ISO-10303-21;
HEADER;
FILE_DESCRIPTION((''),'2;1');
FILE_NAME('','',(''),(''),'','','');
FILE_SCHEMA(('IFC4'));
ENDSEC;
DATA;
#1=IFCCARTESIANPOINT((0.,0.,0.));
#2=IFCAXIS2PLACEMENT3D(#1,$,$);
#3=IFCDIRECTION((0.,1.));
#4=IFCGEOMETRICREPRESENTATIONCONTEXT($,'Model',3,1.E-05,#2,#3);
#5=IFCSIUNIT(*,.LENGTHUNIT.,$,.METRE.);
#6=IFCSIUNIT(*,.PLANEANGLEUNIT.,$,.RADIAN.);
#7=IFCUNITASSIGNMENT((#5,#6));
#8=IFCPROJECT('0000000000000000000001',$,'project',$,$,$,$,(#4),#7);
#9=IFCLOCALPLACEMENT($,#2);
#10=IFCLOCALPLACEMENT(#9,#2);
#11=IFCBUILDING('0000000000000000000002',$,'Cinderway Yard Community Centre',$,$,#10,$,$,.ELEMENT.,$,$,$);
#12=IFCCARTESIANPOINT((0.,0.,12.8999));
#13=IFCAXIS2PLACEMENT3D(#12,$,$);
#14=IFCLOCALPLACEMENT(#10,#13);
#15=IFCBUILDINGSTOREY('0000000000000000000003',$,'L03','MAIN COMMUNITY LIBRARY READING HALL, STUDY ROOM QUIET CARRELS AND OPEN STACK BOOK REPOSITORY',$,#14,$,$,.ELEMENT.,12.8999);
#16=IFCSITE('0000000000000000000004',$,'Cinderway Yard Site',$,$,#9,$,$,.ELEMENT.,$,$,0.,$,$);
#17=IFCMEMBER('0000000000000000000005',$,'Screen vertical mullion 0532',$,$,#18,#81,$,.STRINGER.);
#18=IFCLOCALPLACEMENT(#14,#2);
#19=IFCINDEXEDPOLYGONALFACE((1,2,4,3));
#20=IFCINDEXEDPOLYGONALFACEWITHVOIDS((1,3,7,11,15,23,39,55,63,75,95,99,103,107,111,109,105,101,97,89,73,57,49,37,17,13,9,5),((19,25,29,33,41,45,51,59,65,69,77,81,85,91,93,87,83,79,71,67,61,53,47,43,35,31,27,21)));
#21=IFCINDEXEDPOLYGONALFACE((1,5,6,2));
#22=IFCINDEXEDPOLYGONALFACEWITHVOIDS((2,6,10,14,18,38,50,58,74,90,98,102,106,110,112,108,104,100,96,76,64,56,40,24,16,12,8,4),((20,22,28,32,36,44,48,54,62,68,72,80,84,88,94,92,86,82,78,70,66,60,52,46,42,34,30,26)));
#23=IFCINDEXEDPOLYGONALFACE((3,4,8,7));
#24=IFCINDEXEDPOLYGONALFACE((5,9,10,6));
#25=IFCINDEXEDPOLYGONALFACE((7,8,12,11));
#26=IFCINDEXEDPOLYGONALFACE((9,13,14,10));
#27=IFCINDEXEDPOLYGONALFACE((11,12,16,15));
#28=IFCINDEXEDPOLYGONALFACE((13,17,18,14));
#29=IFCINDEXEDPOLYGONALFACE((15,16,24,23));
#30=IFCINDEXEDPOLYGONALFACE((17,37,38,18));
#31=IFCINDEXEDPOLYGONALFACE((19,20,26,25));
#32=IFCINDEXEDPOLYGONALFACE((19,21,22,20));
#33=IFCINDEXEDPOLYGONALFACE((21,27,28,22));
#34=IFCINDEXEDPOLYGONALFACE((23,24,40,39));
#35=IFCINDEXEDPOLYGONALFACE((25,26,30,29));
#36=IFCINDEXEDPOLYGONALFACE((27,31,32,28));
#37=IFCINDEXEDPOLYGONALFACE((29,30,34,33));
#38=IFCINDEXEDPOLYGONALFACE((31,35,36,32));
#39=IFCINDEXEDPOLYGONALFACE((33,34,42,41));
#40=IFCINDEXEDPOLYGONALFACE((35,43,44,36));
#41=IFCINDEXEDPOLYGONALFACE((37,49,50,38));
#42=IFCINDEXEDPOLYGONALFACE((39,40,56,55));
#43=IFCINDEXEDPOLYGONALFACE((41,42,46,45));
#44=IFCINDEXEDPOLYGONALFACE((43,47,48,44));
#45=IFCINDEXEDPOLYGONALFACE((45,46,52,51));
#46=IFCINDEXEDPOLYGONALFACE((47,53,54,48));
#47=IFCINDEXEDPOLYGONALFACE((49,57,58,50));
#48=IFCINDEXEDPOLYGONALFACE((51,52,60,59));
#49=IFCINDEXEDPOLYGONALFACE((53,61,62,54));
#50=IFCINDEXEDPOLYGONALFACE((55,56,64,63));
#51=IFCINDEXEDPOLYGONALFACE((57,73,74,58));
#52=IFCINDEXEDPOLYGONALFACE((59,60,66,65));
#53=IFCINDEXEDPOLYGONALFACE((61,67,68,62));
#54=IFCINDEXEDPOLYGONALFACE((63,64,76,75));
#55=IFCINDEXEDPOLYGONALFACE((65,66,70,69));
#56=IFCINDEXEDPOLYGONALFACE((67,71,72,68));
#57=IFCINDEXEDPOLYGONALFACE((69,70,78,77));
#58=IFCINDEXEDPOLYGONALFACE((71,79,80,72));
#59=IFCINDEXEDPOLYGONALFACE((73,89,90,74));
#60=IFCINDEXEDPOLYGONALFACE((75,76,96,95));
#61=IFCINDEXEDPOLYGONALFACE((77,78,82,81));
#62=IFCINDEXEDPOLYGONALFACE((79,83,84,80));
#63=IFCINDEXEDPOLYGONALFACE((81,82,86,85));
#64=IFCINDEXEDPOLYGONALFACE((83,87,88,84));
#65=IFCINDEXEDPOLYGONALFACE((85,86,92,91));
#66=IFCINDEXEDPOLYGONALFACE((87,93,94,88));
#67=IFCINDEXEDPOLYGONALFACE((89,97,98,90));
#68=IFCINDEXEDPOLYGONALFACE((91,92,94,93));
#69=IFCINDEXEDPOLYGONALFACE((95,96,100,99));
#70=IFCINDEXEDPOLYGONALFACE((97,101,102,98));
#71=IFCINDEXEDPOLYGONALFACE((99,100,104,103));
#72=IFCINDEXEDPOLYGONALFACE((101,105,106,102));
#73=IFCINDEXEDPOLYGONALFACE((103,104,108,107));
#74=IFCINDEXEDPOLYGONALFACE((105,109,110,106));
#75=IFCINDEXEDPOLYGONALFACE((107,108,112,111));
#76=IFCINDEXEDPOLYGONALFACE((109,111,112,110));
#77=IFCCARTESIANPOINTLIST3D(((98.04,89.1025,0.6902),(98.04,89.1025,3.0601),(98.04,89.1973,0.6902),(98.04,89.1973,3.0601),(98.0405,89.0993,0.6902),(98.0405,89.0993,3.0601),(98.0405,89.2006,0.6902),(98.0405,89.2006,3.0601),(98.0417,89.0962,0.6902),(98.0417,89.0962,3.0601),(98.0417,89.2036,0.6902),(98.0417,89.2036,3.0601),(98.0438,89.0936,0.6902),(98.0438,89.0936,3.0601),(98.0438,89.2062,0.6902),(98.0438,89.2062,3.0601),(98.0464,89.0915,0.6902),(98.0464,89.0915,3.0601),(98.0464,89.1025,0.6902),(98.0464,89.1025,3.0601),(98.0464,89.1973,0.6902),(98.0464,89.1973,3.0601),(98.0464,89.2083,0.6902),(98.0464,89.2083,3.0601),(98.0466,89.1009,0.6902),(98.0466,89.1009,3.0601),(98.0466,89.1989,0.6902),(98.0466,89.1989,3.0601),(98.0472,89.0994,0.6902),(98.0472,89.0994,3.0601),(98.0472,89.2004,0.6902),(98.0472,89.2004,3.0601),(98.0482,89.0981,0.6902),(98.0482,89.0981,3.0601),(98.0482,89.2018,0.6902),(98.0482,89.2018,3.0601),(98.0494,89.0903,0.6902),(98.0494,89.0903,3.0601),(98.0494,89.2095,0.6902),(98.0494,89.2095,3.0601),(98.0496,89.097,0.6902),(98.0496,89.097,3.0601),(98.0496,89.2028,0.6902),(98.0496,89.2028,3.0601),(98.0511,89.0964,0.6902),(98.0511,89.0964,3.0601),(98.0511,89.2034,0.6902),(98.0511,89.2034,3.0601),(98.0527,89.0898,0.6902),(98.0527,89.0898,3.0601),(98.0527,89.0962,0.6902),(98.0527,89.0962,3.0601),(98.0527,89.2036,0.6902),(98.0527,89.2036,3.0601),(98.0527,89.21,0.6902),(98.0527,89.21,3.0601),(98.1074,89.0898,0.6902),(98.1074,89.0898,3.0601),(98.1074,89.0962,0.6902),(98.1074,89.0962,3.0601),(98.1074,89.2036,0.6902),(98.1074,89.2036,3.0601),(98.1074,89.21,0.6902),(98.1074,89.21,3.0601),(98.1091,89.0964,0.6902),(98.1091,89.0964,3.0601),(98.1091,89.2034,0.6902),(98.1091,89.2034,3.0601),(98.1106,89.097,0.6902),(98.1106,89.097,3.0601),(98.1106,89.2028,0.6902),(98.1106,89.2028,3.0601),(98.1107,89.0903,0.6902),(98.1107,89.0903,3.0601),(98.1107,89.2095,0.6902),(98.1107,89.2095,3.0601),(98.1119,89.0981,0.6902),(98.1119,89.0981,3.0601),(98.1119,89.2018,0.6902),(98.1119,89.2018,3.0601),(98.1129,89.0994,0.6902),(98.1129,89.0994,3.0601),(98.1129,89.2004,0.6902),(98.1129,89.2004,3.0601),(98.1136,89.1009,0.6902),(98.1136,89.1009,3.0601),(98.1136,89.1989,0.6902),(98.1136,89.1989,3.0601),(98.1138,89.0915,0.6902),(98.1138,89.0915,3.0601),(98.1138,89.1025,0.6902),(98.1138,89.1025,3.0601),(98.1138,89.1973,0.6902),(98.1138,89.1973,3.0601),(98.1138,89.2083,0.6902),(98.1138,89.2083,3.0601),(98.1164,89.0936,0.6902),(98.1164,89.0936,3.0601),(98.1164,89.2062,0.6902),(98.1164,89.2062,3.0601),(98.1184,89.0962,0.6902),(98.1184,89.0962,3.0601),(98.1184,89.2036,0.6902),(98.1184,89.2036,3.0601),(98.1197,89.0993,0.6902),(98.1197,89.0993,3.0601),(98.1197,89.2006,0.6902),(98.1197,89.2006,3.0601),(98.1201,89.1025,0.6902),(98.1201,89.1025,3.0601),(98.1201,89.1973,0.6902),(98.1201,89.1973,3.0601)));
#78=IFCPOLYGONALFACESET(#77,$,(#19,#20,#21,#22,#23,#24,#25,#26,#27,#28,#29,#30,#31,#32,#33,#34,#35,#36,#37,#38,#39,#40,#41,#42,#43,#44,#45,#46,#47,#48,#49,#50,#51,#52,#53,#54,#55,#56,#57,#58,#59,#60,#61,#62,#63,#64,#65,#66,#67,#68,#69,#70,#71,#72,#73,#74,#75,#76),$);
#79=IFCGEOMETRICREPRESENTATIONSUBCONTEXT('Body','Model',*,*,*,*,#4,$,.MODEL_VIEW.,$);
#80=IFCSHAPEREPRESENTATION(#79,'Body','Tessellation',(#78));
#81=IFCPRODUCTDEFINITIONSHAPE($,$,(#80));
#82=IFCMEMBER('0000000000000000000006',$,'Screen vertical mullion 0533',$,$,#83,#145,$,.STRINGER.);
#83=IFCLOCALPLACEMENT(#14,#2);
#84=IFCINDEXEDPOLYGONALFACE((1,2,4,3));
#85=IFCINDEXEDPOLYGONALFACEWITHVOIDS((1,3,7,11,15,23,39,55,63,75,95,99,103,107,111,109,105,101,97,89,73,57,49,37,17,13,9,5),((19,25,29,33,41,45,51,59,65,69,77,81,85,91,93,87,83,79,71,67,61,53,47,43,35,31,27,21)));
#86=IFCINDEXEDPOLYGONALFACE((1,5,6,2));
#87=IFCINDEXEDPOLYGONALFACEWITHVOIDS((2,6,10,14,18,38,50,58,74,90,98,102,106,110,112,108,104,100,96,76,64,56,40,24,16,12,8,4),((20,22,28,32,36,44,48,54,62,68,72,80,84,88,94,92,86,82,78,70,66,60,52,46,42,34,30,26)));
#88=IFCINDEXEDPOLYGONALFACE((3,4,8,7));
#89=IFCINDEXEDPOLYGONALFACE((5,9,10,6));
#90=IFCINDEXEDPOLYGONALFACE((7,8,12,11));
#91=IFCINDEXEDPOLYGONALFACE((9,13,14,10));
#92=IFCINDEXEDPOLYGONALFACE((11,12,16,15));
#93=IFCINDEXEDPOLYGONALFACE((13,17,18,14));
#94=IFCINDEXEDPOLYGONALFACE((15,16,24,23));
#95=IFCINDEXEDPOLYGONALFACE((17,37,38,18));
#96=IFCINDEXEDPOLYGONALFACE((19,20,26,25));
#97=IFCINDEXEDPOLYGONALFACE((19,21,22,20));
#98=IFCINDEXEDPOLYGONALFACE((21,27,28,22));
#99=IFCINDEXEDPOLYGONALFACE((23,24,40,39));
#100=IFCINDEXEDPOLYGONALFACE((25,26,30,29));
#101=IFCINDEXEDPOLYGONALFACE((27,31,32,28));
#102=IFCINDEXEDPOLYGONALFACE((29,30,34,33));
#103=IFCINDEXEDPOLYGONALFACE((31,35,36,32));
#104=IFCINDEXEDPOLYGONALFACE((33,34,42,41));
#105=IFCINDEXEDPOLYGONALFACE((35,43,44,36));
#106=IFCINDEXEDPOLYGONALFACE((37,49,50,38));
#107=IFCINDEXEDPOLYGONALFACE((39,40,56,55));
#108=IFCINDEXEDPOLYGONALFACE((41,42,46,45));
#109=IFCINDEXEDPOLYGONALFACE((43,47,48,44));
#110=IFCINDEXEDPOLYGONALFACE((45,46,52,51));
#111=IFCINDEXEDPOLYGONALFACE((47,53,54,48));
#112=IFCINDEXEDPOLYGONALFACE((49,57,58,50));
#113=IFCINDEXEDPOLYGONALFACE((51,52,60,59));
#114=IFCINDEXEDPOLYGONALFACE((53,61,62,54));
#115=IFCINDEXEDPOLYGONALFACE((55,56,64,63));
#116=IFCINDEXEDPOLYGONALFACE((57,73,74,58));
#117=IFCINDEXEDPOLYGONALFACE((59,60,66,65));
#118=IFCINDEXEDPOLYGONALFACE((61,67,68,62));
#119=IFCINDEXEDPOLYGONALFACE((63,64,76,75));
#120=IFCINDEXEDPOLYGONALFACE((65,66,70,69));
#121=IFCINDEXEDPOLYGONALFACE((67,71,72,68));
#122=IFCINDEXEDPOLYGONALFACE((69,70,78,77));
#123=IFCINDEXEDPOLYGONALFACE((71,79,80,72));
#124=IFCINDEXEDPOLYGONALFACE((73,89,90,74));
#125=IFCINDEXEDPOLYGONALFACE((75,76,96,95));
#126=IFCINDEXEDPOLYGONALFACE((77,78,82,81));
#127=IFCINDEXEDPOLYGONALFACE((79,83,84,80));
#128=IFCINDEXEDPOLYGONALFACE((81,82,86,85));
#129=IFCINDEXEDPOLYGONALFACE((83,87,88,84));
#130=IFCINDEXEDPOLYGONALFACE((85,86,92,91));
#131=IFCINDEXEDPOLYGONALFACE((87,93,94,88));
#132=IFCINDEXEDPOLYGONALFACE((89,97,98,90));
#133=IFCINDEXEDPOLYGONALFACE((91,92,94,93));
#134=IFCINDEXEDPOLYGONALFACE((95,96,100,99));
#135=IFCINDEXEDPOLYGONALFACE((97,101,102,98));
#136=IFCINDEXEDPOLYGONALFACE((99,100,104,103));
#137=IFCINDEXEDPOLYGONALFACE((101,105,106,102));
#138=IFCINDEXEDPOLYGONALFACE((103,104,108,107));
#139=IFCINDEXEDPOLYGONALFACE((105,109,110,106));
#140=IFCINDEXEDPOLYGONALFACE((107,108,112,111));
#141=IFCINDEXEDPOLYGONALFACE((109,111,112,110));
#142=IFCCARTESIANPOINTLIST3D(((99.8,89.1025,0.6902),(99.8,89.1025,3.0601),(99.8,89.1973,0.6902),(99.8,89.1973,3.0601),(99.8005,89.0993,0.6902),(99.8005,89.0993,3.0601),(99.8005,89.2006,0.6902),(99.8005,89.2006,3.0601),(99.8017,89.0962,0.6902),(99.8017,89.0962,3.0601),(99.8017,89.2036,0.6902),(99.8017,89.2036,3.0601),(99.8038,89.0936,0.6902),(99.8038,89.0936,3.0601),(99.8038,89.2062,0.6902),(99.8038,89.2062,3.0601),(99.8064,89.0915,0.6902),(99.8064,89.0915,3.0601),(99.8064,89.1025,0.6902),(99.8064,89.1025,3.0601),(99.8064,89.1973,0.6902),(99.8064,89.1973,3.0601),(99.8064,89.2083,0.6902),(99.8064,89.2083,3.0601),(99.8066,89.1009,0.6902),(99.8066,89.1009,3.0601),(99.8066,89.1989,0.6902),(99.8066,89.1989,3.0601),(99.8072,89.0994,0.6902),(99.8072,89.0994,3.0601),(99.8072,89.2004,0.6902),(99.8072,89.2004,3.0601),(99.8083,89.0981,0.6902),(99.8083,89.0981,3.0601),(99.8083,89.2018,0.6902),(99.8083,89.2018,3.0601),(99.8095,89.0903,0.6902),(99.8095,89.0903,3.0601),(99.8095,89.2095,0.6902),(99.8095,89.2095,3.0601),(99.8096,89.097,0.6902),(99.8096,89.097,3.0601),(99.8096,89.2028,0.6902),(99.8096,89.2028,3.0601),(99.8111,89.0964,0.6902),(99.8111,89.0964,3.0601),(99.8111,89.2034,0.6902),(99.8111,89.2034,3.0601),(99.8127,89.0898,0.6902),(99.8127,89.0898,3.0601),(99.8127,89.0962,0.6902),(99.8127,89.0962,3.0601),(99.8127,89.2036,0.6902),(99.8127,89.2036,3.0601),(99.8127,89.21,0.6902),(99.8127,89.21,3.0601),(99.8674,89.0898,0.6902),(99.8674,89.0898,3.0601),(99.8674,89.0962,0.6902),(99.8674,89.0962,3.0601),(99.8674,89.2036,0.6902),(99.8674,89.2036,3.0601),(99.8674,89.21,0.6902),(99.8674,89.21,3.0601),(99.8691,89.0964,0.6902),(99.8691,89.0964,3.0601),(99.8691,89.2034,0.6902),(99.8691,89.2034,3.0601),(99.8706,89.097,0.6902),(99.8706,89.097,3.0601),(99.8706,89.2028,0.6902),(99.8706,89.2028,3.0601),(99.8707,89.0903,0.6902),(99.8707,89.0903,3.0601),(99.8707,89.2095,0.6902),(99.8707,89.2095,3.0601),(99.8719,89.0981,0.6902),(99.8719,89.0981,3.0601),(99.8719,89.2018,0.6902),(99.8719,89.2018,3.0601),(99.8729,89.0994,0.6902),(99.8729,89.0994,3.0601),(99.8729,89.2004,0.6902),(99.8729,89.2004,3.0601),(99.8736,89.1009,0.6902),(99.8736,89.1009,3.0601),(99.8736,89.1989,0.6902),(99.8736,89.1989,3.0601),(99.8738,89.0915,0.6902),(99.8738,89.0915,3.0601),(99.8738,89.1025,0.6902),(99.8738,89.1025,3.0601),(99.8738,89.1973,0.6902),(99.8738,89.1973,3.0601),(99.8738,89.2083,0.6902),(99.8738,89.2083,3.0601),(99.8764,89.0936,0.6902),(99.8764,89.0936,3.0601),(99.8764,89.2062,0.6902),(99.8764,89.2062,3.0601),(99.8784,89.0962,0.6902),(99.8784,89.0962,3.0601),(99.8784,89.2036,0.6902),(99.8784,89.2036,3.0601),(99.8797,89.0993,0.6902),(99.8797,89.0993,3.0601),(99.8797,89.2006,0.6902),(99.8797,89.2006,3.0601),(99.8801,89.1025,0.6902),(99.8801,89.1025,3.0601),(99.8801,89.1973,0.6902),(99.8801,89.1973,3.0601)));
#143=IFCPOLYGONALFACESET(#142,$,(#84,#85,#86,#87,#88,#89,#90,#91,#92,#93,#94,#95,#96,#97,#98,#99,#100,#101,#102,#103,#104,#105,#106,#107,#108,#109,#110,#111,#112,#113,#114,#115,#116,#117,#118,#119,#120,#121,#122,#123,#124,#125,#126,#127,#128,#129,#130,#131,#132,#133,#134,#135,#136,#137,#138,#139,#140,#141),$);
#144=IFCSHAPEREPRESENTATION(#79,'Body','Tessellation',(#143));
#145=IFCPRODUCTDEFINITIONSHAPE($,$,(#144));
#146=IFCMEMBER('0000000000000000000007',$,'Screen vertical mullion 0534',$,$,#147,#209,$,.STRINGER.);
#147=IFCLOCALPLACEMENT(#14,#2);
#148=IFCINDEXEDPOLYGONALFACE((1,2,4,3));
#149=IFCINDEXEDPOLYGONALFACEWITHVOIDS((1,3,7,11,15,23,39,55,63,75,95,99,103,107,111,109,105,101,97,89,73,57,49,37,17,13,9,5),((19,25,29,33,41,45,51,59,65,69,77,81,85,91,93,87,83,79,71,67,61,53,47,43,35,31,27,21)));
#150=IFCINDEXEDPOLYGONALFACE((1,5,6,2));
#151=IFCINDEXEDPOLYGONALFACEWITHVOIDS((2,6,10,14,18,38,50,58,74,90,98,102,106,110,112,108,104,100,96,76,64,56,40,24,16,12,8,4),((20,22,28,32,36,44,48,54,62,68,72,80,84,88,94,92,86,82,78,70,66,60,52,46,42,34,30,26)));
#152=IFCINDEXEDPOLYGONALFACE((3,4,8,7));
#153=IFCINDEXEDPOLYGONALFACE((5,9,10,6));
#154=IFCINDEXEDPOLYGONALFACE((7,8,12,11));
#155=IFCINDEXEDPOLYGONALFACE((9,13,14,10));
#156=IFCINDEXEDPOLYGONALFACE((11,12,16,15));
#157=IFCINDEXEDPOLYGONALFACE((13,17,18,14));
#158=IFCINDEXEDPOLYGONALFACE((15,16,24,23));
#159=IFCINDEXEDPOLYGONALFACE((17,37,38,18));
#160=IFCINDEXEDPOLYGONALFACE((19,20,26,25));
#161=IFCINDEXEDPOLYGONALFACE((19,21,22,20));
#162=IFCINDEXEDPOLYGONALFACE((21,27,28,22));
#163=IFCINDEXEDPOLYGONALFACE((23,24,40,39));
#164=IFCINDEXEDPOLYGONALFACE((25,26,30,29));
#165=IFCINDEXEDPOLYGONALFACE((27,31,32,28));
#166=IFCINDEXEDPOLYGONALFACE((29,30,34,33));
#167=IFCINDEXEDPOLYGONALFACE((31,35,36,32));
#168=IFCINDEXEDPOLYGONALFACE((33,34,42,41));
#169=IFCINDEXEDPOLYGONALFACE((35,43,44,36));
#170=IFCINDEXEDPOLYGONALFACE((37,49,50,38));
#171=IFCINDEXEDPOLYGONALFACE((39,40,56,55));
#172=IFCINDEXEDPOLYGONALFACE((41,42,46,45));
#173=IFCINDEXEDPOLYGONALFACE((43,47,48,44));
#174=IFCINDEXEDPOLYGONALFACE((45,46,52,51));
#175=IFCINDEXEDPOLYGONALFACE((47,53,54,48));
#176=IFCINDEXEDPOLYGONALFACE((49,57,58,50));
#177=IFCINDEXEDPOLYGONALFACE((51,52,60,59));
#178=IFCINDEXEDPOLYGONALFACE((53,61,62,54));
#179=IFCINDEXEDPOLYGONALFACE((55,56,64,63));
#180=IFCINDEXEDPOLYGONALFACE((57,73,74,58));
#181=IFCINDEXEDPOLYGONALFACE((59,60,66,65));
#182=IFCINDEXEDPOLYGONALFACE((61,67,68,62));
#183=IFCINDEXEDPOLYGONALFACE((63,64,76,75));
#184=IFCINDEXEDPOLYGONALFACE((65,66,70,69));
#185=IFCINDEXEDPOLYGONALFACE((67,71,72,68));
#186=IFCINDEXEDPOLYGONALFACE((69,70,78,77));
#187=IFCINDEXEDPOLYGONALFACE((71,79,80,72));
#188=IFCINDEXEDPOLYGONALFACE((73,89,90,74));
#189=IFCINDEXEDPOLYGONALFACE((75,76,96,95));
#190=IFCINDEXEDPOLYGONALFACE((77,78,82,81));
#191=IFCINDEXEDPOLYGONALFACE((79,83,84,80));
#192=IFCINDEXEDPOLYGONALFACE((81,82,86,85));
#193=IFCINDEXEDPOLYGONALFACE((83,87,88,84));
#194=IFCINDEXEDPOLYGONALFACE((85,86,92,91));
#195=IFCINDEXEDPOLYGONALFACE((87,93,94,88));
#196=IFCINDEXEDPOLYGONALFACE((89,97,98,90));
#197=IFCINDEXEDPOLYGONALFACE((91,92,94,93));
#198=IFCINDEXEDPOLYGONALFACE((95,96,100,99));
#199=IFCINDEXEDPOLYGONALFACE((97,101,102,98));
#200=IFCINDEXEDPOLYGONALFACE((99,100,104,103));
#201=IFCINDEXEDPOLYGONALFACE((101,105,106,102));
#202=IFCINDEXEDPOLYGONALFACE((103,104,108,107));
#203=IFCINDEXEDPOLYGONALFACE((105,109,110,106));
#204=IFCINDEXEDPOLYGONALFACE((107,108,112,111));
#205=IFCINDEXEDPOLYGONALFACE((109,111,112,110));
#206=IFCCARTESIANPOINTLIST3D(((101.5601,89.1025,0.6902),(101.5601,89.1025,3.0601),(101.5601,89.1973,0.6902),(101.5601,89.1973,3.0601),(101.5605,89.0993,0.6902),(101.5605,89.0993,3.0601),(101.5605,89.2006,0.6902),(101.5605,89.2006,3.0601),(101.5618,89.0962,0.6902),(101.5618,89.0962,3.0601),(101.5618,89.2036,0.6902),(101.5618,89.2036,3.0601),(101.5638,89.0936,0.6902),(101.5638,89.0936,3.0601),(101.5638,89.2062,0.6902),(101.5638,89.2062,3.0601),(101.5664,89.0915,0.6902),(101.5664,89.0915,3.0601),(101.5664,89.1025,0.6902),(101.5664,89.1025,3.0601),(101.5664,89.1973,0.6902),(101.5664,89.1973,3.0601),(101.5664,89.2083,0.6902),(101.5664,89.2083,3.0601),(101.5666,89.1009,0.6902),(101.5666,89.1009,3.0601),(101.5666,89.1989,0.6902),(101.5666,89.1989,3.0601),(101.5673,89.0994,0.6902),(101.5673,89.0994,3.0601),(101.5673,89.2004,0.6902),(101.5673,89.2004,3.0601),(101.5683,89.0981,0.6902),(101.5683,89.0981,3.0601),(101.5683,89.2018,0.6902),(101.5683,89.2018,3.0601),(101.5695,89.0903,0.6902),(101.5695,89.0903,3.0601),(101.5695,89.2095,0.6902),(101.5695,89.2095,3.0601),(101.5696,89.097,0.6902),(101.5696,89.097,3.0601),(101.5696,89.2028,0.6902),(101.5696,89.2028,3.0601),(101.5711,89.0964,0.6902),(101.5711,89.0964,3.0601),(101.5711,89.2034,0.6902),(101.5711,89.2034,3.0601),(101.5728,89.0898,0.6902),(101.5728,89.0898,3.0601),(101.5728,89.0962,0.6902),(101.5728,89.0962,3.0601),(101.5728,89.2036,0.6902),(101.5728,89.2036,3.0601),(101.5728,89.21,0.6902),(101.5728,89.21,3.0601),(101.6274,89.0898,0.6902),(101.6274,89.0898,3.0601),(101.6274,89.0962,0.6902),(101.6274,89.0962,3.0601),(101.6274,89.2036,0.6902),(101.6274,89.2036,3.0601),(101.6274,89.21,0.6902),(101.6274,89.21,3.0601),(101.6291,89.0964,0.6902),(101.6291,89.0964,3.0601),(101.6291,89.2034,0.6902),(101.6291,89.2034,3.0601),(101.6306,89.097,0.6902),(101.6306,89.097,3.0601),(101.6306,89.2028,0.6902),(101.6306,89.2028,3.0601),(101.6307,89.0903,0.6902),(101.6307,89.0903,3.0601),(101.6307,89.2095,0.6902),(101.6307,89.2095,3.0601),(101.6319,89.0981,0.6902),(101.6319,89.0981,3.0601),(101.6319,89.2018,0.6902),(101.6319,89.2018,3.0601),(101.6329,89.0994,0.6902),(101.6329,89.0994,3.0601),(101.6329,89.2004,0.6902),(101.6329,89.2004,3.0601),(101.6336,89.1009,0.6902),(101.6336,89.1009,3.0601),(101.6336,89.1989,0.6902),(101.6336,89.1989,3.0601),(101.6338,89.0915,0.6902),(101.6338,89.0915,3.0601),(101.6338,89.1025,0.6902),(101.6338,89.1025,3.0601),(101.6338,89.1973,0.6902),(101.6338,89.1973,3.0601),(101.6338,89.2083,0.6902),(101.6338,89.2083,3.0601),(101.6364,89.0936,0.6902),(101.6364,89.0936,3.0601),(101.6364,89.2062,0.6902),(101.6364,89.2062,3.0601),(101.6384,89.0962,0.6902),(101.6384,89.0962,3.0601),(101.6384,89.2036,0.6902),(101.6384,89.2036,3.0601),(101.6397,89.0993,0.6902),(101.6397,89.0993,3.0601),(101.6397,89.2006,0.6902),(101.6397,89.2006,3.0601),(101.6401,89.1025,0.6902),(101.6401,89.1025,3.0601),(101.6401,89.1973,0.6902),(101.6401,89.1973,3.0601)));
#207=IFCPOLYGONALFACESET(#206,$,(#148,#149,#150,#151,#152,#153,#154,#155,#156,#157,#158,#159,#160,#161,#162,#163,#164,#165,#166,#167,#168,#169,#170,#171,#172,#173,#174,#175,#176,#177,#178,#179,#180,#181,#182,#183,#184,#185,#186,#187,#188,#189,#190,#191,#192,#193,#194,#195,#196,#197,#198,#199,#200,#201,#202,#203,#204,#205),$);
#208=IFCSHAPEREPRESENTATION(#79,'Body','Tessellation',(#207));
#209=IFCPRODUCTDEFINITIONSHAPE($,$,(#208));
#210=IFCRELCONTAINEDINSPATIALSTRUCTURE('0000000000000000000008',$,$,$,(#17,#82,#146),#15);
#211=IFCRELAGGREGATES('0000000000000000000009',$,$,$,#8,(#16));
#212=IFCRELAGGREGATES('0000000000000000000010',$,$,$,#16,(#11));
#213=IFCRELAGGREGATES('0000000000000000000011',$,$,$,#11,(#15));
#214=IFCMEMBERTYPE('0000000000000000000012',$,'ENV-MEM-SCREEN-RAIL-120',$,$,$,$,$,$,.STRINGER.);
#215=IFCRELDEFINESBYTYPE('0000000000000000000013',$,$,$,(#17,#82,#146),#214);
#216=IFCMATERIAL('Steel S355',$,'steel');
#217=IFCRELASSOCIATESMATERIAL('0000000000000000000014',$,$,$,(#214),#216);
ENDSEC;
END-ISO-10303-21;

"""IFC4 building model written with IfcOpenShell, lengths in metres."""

from ifc_helpers import new_model, si_unit, direction, frame, origin, origin_2d, place, context, subcontext, project, spatial, hollow_rectangle, extrude, material, material_profile, profile_set, type_object, element, save


model = new_model("IFC4")

# Units and contexts
model_context = context("Model", 3, precision=1e-05, world=origin(), true_north=direction((0.0, 1.0)))
body_context = subcontext(model_context, "Body", "Model", "MODEL_VIEW")
ifc_project = project(units=[si_unit("LENGTHUNIT", "METRE"), si_unit("PLANEANGLEUNIT", "RADIAN")], contexts=[model_context])

# Site, building, storey
site_placement = place(None, origin())
site = spatial("IfcSite", under=ifc_project, at=site_placement, Name="Cinderway Yard Site", CompositionType="ELEMENT", RefElevation=0.0)
building_placement = place(site_placement, origin())
building = spatial("IfcBuilding", under=site, at=building_placement, Name="Cinderway Yard Community Centre", CompositionType="ELEMENT")
storey_placement = place(building_placement, frame((0.0, 0.0, 12.8999)))
storey = spatial("IfcBuildingStorey", under=building, at=storey_placement, Name="L03", Description="MAIN COMMUNITY LIBRARY READING HALL, STUDY ROOM QUIET CARRELS AND OPEN STACK BOOK REPOSITORY", CompositionType="ELEMENT", Elevation=12.8999)

# Members
ifc_material_1 = material(Name="Steel S355", Category="steel")
ifc_material_profile = material_profile(ifc_material_1, hollow_rectangle(XDim=0.0801, YDim=0.1201, WallThickness=0.0063, InnerFilletRadius=0.0063, OuterFilletRadius=0.0127, at=origin_2d()), Name="Steel S355")
ifc_profile_set = profile_set([ifc_material_profile], Name="Steel S355")
member_type = type_object("IfcMemberType", Name="ENV-MEM-SCREEN-RAIL-120", PredefinedType="STRINGER", material=ifc_profile_set)
for number, where, z_axis, x_axis, name in (
    (1, (98.0801, 89.1499, 0.6902), (0.0, 0.0, 1.0), (1.0, 0.0, 0.0), "Screen vertical mullion 0532"),
    (2, (99.8401, 89.1499, 0.6902), (0.0, 0.0, 1.0), (1.0, 0.0, 0.0), "Screen vertical mullion 0533"),
    (3, (101.6001, 89.1499, 0.6902), (0.0, 0.0, 1.0), (1.0, 0.0, 0.0), "Screen vertical mullion 0534"),
):
    element("IfcMember", number, at=place(storey_placement, frame(where, z_axis=z_axis, x_axis=x_axis)), inside=storey, type_object=member_type, Name=name, PredefinedType="STRINGER", context=body_context, shape_type="SweptSolid", body=[
        extrude(hollow_rectangle(XDim=0.0801, YDim=0.1201, WallThickness=0.0063, InnerFilletRadius=0.0063, OuterFilletRadius=0.0127, at=origin_2d()), origin(), (0.0, 0.0, 1.0), 2.3699),
    ])

save(model, "model.ifc")
